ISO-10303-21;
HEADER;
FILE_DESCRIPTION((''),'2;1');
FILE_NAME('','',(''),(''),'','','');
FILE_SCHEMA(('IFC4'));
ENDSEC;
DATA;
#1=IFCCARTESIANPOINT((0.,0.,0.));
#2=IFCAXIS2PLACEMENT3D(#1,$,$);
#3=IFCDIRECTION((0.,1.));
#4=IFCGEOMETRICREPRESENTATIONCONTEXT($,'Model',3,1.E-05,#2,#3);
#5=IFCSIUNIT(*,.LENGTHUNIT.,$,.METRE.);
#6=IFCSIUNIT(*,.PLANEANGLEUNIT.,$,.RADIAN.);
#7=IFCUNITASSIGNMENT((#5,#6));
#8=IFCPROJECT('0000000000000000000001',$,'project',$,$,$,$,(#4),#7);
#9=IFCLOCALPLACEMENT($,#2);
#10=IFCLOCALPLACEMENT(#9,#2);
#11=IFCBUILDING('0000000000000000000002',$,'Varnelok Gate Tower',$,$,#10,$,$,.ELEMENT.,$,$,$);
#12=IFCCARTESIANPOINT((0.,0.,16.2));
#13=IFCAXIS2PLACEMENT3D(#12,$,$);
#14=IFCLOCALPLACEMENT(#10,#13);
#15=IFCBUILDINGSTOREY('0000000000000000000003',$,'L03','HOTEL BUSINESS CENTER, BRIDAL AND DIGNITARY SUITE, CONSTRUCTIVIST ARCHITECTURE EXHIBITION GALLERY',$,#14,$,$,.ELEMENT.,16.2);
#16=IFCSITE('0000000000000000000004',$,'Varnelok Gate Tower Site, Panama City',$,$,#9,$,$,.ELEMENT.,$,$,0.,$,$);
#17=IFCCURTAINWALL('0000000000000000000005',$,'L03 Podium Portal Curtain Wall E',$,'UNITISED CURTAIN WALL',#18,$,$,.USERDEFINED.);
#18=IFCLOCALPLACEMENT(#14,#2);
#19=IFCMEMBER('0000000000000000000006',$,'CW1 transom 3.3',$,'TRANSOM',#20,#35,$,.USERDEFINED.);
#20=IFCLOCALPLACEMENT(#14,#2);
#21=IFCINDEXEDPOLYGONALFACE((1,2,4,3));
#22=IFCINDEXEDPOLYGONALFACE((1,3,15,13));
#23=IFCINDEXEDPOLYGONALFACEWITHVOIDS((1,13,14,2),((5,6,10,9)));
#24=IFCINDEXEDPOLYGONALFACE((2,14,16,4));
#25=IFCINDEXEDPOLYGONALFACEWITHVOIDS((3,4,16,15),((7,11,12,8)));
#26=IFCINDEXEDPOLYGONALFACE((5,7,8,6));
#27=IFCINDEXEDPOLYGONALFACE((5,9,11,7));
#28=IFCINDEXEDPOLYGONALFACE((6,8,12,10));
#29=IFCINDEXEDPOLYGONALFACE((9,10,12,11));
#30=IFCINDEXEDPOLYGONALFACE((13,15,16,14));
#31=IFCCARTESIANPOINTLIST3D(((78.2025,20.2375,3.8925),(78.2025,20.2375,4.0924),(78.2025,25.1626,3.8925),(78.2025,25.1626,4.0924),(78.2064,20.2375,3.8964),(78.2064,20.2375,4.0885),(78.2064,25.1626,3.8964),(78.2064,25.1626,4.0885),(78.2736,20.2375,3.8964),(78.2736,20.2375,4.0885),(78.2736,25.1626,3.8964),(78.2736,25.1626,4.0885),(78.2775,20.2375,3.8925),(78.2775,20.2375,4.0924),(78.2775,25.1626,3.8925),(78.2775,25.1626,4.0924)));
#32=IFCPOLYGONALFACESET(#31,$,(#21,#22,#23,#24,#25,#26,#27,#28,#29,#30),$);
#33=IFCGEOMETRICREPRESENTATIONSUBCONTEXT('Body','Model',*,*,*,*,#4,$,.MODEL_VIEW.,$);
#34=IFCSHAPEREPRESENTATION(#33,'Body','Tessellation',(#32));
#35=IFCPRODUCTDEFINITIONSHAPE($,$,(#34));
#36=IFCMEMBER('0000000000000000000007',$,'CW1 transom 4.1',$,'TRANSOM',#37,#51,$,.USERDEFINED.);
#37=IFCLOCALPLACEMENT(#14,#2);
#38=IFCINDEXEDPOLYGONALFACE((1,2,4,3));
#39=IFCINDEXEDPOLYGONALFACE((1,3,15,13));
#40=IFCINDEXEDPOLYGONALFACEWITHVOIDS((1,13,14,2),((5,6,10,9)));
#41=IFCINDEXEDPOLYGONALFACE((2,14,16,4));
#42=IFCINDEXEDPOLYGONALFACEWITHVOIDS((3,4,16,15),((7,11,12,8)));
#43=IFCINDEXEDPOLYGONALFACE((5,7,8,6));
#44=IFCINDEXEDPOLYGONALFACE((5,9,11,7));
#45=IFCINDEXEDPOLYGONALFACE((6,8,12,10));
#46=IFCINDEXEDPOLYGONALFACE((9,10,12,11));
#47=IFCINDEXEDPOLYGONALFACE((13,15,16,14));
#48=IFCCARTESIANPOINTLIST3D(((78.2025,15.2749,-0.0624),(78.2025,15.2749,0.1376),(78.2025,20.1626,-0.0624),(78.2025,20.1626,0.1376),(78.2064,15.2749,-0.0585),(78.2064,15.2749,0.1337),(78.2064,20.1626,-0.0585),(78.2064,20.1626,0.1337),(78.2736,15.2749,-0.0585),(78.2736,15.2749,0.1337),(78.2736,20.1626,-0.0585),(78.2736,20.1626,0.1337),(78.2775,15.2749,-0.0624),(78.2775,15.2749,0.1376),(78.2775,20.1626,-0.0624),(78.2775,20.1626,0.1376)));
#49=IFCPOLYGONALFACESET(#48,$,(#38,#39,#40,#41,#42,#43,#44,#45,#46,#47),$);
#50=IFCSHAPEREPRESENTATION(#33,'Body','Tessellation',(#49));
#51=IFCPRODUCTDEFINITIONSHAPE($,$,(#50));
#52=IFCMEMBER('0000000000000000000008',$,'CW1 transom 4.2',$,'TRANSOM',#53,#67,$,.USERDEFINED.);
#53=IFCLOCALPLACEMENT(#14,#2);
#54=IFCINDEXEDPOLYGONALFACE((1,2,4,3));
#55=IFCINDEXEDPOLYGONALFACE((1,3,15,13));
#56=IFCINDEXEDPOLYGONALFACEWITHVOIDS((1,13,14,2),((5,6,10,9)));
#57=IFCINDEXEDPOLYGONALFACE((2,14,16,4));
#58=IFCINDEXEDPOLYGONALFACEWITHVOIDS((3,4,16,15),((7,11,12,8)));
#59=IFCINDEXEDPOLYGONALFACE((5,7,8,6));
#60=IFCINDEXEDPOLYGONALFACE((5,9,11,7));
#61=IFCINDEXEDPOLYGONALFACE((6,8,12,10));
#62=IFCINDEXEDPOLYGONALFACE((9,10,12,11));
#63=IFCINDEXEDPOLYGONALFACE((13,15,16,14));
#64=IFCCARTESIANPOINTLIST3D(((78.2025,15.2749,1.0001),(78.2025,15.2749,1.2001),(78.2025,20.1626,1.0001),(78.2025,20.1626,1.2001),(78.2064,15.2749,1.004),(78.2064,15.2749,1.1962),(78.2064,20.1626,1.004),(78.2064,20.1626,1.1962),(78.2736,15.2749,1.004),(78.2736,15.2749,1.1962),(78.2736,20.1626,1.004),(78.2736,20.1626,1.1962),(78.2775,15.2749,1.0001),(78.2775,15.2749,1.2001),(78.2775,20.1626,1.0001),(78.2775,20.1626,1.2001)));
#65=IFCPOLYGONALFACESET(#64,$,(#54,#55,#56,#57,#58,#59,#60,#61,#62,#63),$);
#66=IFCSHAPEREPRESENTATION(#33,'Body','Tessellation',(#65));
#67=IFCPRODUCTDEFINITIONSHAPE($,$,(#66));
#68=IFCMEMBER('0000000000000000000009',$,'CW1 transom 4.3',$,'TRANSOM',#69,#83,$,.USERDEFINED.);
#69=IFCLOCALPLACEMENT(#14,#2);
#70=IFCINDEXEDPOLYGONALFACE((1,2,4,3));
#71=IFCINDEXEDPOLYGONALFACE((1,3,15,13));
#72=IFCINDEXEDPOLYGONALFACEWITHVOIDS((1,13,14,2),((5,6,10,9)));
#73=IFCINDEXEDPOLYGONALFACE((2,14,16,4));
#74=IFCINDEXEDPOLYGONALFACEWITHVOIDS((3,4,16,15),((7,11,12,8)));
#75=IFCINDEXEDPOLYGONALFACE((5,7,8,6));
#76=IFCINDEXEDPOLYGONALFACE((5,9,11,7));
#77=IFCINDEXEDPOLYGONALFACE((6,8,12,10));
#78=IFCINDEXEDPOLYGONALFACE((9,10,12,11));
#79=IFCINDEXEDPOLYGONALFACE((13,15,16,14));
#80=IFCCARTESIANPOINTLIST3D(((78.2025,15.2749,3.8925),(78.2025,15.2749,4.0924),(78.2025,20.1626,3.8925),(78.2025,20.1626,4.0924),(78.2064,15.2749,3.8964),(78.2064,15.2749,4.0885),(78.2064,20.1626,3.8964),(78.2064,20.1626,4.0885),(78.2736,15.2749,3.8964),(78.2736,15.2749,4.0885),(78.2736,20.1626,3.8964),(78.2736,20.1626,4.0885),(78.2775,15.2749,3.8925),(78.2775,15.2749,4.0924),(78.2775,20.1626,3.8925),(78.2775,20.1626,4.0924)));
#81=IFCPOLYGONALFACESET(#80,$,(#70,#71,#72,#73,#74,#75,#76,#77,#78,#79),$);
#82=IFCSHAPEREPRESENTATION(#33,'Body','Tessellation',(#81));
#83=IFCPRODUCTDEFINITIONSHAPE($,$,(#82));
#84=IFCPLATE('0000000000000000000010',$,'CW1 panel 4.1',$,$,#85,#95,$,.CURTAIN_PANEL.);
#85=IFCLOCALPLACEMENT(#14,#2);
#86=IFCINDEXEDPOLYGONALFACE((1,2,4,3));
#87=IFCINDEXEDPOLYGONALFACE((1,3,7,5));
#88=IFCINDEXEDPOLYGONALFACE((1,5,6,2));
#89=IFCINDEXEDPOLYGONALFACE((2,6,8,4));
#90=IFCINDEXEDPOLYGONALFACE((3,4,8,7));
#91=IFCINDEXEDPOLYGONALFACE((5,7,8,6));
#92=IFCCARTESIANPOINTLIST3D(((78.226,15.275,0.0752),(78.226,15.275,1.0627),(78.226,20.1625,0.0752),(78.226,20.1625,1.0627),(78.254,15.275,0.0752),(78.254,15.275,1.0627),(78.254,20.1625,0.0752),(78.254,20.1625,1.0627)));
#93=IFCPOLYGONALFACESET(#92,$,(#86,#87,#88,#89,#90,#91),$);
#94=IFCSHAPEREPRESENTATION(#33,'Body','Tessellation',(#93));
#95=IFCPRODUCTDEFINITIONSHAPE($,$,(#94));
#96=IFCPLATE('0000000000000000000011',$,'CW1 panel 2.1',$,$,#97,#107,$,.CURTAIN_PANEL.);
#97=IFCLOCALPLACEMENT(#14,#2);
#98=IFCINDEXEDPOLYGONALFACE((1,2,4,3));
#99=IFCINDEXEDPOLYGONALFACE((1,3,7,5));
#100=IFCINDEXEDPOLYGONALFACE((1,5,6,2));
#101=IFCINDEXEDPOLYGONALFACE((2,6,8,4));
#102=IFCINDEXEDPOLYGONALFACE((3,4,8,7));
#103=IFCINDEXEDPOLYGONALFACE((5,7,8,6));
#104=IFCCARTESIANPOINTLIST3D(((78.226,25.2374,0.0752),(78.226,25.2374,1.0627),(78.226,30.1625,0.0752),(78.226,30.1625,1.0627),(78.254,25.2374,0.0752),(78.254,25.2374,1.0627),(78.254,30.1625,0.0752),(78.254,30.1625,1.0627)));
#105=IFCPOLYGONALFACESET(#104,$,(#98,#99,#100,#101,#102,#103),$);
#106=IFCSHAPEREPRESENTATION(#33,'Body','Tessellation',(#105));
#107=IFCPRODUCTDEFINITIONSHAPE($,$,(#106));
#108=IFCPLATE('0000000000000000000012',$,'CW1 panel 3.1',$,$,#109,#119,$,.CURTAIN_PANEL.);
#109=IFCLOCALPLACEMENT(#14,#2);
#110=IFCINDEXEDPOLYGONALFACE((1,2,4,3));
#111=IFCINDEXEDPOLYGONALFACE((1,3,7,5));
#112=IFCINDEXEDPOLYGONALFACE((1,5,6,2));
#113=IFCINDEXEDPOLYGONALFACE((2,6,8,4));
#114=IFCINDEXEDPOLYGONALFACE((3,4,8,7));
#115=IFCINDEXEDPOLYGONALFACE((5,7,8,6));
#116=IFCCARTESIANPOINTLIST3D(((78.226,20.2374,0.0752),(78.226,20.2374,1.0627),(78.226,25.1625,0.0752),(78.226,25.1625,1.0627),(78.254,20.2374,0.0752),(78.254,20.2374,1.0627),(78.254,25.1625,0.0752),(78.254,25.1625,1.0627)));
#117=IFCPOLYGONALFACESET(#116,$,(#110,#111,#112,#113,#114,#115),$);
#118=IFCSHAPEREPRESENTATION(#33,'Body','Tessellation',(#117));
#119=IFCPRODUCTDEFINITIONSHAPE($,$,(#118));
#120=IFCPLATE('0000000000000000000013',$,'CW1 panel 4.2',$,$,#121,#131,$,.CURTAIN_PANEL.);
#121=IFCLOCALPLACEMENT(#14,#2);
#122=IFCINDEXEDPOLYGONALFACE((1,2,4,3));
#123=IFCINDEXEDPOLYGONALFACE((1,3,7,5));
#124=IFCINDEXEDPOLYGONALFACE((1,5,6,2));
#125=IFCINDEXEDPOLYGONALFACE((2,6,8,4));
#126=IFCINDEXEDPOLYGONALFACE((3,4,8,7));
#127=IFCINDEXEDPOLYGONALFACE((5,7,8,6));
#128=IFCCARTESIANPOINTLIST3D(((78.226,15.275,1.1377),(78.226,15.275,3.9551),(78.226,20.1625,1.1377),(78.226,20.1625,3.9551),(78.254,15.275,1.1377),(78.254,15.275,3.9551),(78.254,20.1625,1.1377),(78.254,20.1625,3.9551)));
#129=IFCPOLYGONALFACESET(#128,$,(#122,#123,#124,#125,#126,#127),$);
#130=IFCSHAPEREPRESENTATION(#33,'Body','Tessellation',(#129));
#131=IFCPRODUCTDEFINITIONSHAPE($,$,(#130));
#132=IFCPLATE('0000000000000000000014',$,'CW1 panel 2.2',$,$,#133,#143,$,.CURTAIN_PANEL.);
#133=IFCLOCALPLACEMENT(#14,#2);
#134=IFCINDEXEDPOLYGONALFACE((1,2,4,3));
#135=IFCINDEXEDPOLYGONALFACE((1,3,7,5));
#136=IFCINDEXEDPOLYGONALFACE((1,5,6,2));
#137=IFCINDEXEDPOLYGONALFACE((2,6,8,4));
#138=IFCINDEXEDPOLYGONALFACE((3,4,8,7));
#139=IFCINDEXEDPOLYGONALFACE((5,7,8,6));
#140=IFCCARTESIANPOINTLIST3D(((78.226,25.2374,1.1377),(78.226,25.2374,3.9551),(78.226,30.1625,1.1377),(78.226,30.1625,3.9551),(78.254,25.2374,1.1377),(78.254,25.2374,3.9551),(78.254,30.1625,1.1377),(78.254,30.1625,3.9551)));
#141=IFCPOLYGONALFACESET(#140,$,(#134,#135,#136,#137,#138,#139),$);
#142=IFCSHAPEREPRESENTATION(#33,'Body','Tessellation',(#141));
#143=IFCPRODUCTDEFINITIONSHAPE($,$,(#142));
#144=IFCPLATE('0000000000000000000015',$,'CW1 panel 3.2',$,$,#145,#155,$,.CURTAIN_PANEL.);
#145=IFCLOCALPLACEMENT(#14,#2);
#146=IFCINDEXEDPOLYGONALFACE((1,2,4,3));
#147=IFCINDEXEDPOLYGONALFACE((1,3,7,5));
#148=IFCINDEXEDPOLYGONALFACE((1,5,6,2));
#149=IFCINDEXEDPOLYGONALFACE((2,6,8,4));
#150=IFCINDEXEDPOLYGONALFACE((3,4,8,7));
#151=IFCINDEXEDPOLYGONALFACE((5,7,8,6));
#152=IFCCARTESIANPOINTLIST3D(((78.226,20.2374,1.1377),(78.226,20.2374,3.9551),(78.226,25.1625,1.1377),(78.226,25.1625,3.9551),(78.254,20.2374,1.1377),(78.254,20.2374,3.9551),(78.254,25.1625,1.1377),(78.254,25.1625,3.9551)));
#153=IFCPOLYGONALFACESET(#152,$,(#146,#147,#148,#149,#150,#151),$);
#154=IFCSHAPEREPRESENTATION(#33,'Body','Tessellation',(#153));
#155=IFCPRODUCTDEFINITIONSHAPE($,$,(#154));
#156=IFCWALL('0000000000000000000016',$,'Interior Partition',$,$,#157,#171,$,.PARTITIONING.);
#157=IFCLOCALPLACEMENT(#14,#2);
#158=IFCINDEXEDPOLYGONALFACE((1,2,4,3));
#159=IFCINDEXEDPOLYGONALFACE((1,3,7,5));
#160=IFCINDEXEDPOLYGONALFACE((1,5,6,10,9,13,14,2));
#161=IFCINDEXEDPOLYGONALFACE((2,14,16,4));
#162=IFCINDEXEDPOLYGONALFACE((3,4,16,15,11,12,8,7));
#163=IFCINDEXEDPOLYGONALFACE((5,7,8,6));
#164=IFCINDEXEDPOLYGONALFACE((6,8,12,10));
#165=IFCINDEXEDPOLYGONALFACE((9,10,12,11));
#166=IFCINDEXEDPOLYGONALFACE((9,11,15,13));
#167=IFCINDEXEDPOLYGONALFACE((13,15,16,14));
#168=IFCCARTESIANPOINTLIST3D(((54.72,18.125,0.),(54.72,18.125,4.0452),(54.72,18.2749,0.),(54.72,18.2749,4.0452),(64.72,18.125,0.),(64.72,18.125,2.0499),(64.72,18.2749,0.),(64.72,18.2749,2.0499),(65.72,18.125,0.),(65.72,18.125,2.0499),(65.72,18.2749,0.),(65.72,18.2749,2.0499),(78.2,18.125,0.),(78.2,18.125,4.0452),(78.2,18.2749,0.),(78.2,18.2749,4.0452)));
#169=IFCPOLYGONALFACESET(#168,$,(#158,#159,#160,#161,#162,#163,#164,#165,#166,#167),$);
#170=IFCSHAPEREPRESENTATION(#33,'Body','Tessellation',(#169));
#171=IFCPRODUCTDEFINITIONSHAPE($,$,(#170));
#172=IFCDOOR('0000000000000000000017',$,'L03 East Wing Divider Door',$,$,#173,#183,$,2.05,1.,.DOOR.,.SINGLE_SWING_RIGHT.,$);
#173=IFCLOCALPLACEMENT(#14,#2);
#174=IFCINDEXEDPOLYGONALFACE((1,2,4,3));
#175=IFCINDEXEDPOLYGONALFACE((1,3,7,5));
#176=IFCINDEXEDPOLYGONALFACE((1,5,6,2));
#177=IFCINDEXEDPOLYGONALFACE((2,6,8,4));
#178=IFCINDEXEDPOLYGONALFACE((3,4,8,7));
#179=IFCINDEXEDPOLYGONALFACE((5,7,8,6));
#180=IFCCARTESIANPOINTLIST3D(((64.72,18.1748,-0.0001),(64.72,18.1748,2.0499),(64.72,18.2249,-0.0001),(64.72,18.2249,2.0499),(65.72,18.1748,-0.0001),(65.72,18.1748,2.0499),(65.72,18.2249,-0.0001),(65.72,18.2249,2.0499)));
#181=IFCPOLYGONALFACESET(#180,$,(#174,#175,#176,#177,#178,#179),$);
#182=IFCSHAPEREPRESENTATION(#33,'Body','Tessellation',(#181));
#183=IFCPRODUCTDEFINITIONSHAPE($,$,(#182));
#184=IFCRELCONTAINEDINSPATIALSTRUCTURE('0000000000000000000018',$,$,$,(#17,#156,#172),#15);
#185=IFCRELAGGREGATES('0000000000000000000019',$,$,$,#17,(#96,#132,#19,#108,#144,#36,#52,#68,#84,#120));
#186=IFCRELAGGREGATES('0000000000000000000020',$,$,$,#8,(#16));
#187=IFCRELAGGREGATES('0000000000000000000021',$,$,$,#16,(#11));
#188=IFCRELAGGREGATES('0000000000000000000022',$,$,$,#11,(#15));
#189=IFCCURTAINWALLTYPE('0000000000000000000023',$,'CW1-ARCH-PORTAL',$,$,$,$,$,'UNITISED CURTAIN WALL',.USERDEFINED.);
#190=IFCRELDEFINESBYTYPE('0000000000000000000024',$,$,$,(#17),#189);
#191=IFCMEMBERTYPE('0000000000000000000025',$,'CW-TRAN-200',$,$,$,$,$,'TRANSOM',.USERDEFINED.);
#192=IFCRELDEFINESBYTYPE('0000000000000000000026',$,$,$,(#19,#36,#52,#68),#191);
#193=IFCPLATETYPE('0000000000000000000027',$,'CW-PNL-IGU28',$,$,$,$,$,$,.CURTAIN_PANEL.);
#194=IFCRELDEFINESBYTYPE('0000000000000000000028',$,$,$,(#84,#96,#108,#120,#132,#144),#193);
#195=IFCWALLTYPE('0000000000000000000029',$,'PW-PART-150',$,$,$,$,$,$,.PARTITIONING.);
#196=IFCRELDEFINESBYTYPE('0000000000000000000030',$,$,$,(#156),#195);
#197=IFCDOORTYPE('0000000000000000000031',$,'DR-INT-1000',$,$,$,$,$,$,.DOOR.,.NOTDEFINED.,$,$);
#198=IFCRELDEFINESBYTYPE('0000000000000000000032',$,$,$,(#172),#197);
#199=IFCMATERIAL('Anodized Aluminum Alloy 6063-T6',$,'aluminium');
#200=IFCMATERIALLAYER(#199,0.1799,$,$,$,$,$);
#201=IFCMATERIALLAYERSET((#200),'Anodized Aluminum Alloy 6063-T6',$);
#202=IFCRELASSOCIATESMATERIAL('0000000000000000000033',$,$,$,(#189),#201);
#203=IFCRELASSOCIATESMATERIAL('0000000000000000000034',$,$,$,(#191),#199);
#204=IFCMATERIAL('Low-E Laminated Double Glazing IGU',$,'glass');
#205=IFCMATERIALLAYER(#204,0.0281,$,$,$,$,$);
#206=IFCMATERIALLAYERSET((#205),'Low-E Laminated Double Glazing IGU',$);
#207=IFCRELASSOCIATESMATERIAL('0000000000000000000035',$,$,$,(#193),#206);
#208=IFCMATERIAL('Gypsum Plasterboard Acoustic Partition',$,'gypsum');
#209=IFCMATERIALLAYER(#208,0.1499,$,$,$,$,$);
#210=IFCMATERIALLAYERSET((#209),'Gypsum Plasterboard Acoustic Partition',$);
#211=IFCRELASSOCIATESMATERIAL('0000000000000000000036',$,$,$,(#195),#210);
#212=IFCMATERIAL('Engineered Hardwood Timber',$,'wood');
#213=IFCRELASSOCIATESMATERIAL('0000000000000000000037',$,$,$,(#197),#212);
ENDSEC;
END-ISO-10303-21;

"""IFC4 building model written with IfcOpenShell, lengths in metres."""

from ifc_helpers import new_model, si_unit, direction, frame, frame_2d, origin, origin_2d, place, context, subcontext, project, spatial, rectangle, hollow_rectangle, extrude, source, transform, mapped, material, layer, layer_set, material_profile, profile_set, type_object, element, fill, aggregate, save


model = new_model("IFC4")

# Units and contexts
model_context = context("Model", 3, precision=1e-05, world=origin(), true_north=direction((0.0, 1.0)))
body_context = subcontext(model_context, "Body", "Model", "MODEL_VIEW")
ifc_project = project(units=[si_unit("LENGTHUNIT", "METRE"), si_unit("PLANEANGLEUNIT", "RADIAN")], contexts=[model_context])

# Site, building, storey
site_placement = place(None, origin())
site = spatial("IfcSite", under=ifc_project, at=site_placement, Name="Varnelok Gate Tower Site, Panama City", CompositionType="ELEMENT", RefElevation=0.0)
building_placement = place(site_placement, origin())
building = spatial("IfcBuilding", under=site, at=building_placement, Name="Varnelok Gate Tower", CompositionType="ELEMENT")
storey_placement = place(building_placement, frame((0.0, 0.0, 16.2)))
storey = spatial("IfcBuildingStorey", under=building, at=storey_placement, Name="L03", Description="HOTEL BUSINESS CENTER, BRIDAL AND DIGNITARY SUITE, CONSTRUCTIVIST ARCHITECTURE EXHIBITION GALLERY", CompositionType="ELEMENT", Elevation=16.2)

# Curtain wall, members, plates
ifc_material_1 = material(Name="Anodized Aluminum Alloy 6063-T6", Category="aluminium")
ifc_layer_1 = layer(ifc_material_1, 0.1799)
ifc_layer_set_1 = layer_set([ifc_layer_1], Name="Anodized Aluminum Alloy 6063-T6")
curtain_wall_type = type_object("IfcCurtainWallType", Name="CW1-ARCH-PORTAL", ElementType="UNITISED CURTAIN WALL", PredefinedType="USERDEFINED", material=ifc_layer_set_1)
curtain_wall_placement = place(storey_placement, origin())
curtain_wall = element("IfcCurtainWall", 1, at=curtain_wall_placement, inside=storey, type_object=curtain_wall_type, Name="L03 Podium Portal Curtain Wall E", ObjectType="UNITISED CURTAIN WALL", PredefinedType="USERDEFINED")
ifc_material_profile_1 = material_profile(ifc_material_1, hollow_rectangle(XDim=0.075, YDim=0.2, WallThickness=0.0039, at=origin_2d()), Name="ALU200X75X4")
ifc_profile_set_1 = profile_set([ifc_material_profile_1], Name="Anodized Aluminum Alloy 6063-T6")
member_type_1 = type_object("IfcMemberType", Name="CW-TRAN-200", ElementType="TRANSOM", PredefinedType="USERDEFINED", material=ifc_profile_set_1)
member_1_placement = place(storey_placement, frame((78.24, 25.1626, 3.9924), z_axis=(0.0, -1.0, 0.0), x_axis=(1.0, 0.0, 0.0)))
member_1 = element("IfcMember", 2, at=member_1_placement, type_object=member_type_1, Name="CW1 transom 3.3", ObjectType="TRANSOM", PredefinedType="USERDEFINED", context=body_context, shape_type="SweptSolid", body=[
    extrude(hollow_rectangle(XDim=0.075, YDim=0.2, WallThickness=0.0039, at=origin_2d()), origin(), (0.0, 0.0, 1.0), 4.925),
])
member_2_placement = place(storey_placement, frame((78.24, 20.1626, 0.0376), z_axis=(0.0, -1.0, 0.0), x_axis=(1.0, 0.0, 0.0)))
member_2 = element("IfcMember", 3, at=member_2_placement, type_object=member_type_1, Name="CW1 transom 4.1", ObjectType="TRANSOM", PredefinedType="USERDEFINED", context=body_context, shape_type="SweptSolid", body=[
    extrude(hollow_rectangle(XDim=0.075, YDim=0.2, WallThickness=0.0039, at=origin_2d()), origin(), (0.0, 0.0, 1.0), 4.8877),
])
member_3_placement = place(storey_placement, frame((78.24, 20.1626, 1.1001), z_axis=(0.0, -1.0, 0.0), x_axis=(1.0, 0.0, 0.0)))
member_3 = element("IfcMember", 4, at=member_3_placement, type_object=member_type_1, Name="CW1 transom 4.2", ObjectType="TRANSOM", PredefinedType="USERDEFINED", context=body_context, shape_type="SweptSolid", body=[
    extrude(hollow_rectangle(XDim=0.075, YDim=0.2, WallThickness=0.0039, at=origin_2d()), origin(), (0.0, 0.0, 1.0), 4.8877),
])
member_4_placement = place(storey_placement, frame((78.24, 20.1626, 3.9924), z_axis=(0.0, -1.0, 0.0), x_axis=(1.0, 0.0, 0.0)))
member_4 = element("IfcMember", 5, at=member_4_placement, type_object=member_type_1, Name="CW1 transom 4.3", ObjectType="TRANSOM", PredefinedType="USERDEFINED", context=body_context, shape_type="SweptSolid", body=[
    extrude(hollow_rectangle(XDim=0.075, YDim=0.2, WallThickness=0.0039, at=origin_2d()), origin(), (0.0, 0.0, 1.0), 4.8877),
])
ifc_material_2 = material(Name="Low-E Laminated Double Glazing IGU", Category="glass")
ifc_layer_2 = layer(ifc_material_2, 0.0281)
ifc_layer_set_2 = layer_set([ifc_layer_2], Name="Low-E Laminated Double Glazing IGU")
plate_type = type_object("IfcPlateType", Name="CW-PNL-IGU28", PredefinedType="CURTAIN_PANEL", material=ifc_layer_set_2)
shared_shape_1 = source(origin(), body_context, "Body", "SweptSolid", [
    extrude(rectangle(XDim=4.8875, YDim=0.0281, at=origin_2d()), origin(), (0.0, 0.0, 1.0), 0.9875),
])
plate_1_placement = place(storey_placement, frame((78.24, 17.7188, 0.0752), z_axis=(0.0, 0.0, 1.0), x_axis=(0.0, -1.0, 0.0)))
plate_1 = element("IfcPlate", 6, at=plate_1_placement, type_object=plate_type, Name="CW1 panel 4.1", PredefinedType="CURTAIN_PANEL", context=body_context, shape_type="MappedRepresentation", body=[
    mapped(shared_shape_1, transform((0.0, 0.0, 0.0), scale=1.0)),
])
shared_shape_2 = source(origin(), body_context, "Body", "SweptSolid", [
    extrude(rectangle(XDim=4.925, YDim=0.0281, at=origin_2d()), origin(), (0.0, 0.0, 1.0), 0.9875),
])
plate_2_placement = place(storey_placement, frame((78.24, 27.7, 0.0752), z_axis=(0.0, 0.0, 1.0), x_axis=(0.0, -1.0, 0.0)))
plate_2 = element("IfcPlate", 7, at=plate_2_placement, type_object=plate_type, Name="CW1 panel 2.1", PredefinedType="CURTAIN_PANEL", context=body_context, shape_type="MappedRepresentation", body=[
    mapped(shared_shape_2, transform((0.0, 0.0, 0.0), scale=1.0)),
])
plate_3_placement = place(storey_placement, frame((78.24, 22.7, 0.0752), z_axis=(0.0, 0.0, 1.0), x_axis=(0.0, -1.0, 0.0)))
plate_3 = element("IfcPlate", 8, at=plate_3_placement, type_object=plate_type, Name="CW1 panel 3.1", PredefinedType="CURTAIN_PANEL", context=body_context, shape_type="MappedRepresentation", body=[
    mapped(shared_shape_2, transform((0.0, 0.0, 0.0), scale=1.0)),
])
shared_shape_3 = source(origin(), body_context, "Body", "SweptSolid", [
    extrude(rectangle(XDim=4.8875, YDim=0.0281, at=origin_2d()), origin(), (0.0, 0.0, 1.0), 2.8174),
])
plate_4_placement = place(storey_placement, frame((78.24, 17.7188, 1.1377), z_axis=(0.0, 0.0, 1.0), x_axis=(0.0, -1.0, 0.0)))
plate_4 = element("IfcPlate", 9, at=plate_4_placement, type_object=plate_type, Name="CW1 panel 4.2", PredefinedType="CURTAIN_PANEL", context=body_context, shape_type="MappedRepresentation", body=[
    mapped(shared_shape_3, transform((0.0, 0.0, 0.0), scale=1.0)),
])
shared_shape_4 = source(origin(), body_context, "Body", "SweptSolid", [
    extrude(rectangle(XDim=4.925, YDim=0.0281, at=origin_2d()), origin(), (0.0, 0.0, 1.0), 2.8174),
])
plate_5_placement = place(storey_placement, frame((78.24, 27.7, 1.1377), z_axis=(0.0, 0.0, 1.0), x_axis=(0.0, -1.0, 0.0)))
plate_5 = element("IfcPlate", 10, at=plate_5_placement, type_object=plate_type, Name="CW1 panel 2.2", PredefinedType="CURTAIN_PANEL", context=body_context, shape_type="MappedRepresentation", body=[
    mapped(shared_shape_4, transform((0.0, 0.0, 0.0), scale=1.0)),
])
plate_6_placement = place(storey_placement, frame((78.24, 22.7, 1.1377), z_axis=(0.0, 0.0, 1.0), x_axis=(0.0, -1.0, 0.0)))
plate_6 = element("IfcPlate", 11, at=plate_6_placement, type_object=plate_type, Name="CW1 panel 3.2", PredefinedType="CURTAIN_PANEL", context=body_context, shape_type="MappedRepresentation", body=[
    mapped(shared_shape_4, transform((0.0, 0.0, 0.0), scale=1.0)),
])
aggregate(curtain_wall, [plate_2, plate_5, member_1, plate_3, plate_6, member_2, member_3, member_4, plate_1, plate_4])

# Wall, opening, door
ifc_material_3 = material(Name="Gypsum Plasterboard Acoustic Partition", Category="gypsum")
ifc_layer_3 = layer(ifc_material_3, 0.1499)
ifc_layer_set_3 = layer_set([ifc_layer_3], Name="Gypsum Plasterboard Acoustic Partition")
wall_type = type_object("IfcWallType", Name="PW-PART-150", PredefinedType="PARTITIONING", material=ifc_layer_set_3)
wall_1_placement = place(storey_placement, frame((54.72, 18.2, 0.0), z_axis=(0.0, 0.0, 1.0), x_axis=(1.0, 0.0, 0.0)))
wall_1 = element("IfcWall", 12, at=wall_1_placement, inside=storey, type_object=wall_type, Name="Interior Partition", PredefinedType="PARTITIONING", context=body_context, shape_type="SweptSolid", body=[
    extrude(rectangle(XDim=23.48, YDim=0.1499, at=frame_2d((11.74, 0.0))), origin(), (0.0, 0.0, 1.0), 4.0452),
])
opening_placement = place(wall_1_placement, frame((10.0, 0.0, 0.0)))
opening = element("IfcOpeningElement", 13, at=opening_placement, cuts=wall_1, PredefinedType="OPENING", context=body_context, shape_type="SweptSolid", body=[
    extrude(rectangle(XDim=1.0, YDim=2.05, at=frame_2d((0.5, 1.0249))), frame((0.0, 0.085, 0.0), z_axis=(0.0, -1.0, 0.0), x_axis=(1.0, 0.0, 0.0)), (0.0, 0.0, 1.0), 0.1699),
])
ifc_material_4 = material(Name="Engineered Hardwood Timber", Category="wood")
door_type = type_object("IfcDoorType", Name="DR-INT-1000", OperationType="NOTDEFINED", PredefinedType="DOOR", material=ifc_material_4)
door_placement = place(opening_placement, origin())
door = element("IfcDoor", 14, at=door_placement, inside=storey, type_object=door_type, Name="L03 East Wing Divider Door", OperationType="SINGLE_SWING_RIGHT", OverallHeight=2.05, OverallWidth=1.0, PredefinedType="DOOR", context=body_context, shape_type="SweptSolid", body=[
    extrude(rectangle(XDim=1.0, YDim=2.05, at=frame_2d((0.5, 1.0249))), frame((0.0, 0.0249, 0.0), z_axis=(0.0, -1.0, 0.0), x_axis=(1.0, 0.0, 0.0)), (0.0, 0.0, 1.0), 0.05),
])
fill(opening, door)

save(model, "model.ifc")
